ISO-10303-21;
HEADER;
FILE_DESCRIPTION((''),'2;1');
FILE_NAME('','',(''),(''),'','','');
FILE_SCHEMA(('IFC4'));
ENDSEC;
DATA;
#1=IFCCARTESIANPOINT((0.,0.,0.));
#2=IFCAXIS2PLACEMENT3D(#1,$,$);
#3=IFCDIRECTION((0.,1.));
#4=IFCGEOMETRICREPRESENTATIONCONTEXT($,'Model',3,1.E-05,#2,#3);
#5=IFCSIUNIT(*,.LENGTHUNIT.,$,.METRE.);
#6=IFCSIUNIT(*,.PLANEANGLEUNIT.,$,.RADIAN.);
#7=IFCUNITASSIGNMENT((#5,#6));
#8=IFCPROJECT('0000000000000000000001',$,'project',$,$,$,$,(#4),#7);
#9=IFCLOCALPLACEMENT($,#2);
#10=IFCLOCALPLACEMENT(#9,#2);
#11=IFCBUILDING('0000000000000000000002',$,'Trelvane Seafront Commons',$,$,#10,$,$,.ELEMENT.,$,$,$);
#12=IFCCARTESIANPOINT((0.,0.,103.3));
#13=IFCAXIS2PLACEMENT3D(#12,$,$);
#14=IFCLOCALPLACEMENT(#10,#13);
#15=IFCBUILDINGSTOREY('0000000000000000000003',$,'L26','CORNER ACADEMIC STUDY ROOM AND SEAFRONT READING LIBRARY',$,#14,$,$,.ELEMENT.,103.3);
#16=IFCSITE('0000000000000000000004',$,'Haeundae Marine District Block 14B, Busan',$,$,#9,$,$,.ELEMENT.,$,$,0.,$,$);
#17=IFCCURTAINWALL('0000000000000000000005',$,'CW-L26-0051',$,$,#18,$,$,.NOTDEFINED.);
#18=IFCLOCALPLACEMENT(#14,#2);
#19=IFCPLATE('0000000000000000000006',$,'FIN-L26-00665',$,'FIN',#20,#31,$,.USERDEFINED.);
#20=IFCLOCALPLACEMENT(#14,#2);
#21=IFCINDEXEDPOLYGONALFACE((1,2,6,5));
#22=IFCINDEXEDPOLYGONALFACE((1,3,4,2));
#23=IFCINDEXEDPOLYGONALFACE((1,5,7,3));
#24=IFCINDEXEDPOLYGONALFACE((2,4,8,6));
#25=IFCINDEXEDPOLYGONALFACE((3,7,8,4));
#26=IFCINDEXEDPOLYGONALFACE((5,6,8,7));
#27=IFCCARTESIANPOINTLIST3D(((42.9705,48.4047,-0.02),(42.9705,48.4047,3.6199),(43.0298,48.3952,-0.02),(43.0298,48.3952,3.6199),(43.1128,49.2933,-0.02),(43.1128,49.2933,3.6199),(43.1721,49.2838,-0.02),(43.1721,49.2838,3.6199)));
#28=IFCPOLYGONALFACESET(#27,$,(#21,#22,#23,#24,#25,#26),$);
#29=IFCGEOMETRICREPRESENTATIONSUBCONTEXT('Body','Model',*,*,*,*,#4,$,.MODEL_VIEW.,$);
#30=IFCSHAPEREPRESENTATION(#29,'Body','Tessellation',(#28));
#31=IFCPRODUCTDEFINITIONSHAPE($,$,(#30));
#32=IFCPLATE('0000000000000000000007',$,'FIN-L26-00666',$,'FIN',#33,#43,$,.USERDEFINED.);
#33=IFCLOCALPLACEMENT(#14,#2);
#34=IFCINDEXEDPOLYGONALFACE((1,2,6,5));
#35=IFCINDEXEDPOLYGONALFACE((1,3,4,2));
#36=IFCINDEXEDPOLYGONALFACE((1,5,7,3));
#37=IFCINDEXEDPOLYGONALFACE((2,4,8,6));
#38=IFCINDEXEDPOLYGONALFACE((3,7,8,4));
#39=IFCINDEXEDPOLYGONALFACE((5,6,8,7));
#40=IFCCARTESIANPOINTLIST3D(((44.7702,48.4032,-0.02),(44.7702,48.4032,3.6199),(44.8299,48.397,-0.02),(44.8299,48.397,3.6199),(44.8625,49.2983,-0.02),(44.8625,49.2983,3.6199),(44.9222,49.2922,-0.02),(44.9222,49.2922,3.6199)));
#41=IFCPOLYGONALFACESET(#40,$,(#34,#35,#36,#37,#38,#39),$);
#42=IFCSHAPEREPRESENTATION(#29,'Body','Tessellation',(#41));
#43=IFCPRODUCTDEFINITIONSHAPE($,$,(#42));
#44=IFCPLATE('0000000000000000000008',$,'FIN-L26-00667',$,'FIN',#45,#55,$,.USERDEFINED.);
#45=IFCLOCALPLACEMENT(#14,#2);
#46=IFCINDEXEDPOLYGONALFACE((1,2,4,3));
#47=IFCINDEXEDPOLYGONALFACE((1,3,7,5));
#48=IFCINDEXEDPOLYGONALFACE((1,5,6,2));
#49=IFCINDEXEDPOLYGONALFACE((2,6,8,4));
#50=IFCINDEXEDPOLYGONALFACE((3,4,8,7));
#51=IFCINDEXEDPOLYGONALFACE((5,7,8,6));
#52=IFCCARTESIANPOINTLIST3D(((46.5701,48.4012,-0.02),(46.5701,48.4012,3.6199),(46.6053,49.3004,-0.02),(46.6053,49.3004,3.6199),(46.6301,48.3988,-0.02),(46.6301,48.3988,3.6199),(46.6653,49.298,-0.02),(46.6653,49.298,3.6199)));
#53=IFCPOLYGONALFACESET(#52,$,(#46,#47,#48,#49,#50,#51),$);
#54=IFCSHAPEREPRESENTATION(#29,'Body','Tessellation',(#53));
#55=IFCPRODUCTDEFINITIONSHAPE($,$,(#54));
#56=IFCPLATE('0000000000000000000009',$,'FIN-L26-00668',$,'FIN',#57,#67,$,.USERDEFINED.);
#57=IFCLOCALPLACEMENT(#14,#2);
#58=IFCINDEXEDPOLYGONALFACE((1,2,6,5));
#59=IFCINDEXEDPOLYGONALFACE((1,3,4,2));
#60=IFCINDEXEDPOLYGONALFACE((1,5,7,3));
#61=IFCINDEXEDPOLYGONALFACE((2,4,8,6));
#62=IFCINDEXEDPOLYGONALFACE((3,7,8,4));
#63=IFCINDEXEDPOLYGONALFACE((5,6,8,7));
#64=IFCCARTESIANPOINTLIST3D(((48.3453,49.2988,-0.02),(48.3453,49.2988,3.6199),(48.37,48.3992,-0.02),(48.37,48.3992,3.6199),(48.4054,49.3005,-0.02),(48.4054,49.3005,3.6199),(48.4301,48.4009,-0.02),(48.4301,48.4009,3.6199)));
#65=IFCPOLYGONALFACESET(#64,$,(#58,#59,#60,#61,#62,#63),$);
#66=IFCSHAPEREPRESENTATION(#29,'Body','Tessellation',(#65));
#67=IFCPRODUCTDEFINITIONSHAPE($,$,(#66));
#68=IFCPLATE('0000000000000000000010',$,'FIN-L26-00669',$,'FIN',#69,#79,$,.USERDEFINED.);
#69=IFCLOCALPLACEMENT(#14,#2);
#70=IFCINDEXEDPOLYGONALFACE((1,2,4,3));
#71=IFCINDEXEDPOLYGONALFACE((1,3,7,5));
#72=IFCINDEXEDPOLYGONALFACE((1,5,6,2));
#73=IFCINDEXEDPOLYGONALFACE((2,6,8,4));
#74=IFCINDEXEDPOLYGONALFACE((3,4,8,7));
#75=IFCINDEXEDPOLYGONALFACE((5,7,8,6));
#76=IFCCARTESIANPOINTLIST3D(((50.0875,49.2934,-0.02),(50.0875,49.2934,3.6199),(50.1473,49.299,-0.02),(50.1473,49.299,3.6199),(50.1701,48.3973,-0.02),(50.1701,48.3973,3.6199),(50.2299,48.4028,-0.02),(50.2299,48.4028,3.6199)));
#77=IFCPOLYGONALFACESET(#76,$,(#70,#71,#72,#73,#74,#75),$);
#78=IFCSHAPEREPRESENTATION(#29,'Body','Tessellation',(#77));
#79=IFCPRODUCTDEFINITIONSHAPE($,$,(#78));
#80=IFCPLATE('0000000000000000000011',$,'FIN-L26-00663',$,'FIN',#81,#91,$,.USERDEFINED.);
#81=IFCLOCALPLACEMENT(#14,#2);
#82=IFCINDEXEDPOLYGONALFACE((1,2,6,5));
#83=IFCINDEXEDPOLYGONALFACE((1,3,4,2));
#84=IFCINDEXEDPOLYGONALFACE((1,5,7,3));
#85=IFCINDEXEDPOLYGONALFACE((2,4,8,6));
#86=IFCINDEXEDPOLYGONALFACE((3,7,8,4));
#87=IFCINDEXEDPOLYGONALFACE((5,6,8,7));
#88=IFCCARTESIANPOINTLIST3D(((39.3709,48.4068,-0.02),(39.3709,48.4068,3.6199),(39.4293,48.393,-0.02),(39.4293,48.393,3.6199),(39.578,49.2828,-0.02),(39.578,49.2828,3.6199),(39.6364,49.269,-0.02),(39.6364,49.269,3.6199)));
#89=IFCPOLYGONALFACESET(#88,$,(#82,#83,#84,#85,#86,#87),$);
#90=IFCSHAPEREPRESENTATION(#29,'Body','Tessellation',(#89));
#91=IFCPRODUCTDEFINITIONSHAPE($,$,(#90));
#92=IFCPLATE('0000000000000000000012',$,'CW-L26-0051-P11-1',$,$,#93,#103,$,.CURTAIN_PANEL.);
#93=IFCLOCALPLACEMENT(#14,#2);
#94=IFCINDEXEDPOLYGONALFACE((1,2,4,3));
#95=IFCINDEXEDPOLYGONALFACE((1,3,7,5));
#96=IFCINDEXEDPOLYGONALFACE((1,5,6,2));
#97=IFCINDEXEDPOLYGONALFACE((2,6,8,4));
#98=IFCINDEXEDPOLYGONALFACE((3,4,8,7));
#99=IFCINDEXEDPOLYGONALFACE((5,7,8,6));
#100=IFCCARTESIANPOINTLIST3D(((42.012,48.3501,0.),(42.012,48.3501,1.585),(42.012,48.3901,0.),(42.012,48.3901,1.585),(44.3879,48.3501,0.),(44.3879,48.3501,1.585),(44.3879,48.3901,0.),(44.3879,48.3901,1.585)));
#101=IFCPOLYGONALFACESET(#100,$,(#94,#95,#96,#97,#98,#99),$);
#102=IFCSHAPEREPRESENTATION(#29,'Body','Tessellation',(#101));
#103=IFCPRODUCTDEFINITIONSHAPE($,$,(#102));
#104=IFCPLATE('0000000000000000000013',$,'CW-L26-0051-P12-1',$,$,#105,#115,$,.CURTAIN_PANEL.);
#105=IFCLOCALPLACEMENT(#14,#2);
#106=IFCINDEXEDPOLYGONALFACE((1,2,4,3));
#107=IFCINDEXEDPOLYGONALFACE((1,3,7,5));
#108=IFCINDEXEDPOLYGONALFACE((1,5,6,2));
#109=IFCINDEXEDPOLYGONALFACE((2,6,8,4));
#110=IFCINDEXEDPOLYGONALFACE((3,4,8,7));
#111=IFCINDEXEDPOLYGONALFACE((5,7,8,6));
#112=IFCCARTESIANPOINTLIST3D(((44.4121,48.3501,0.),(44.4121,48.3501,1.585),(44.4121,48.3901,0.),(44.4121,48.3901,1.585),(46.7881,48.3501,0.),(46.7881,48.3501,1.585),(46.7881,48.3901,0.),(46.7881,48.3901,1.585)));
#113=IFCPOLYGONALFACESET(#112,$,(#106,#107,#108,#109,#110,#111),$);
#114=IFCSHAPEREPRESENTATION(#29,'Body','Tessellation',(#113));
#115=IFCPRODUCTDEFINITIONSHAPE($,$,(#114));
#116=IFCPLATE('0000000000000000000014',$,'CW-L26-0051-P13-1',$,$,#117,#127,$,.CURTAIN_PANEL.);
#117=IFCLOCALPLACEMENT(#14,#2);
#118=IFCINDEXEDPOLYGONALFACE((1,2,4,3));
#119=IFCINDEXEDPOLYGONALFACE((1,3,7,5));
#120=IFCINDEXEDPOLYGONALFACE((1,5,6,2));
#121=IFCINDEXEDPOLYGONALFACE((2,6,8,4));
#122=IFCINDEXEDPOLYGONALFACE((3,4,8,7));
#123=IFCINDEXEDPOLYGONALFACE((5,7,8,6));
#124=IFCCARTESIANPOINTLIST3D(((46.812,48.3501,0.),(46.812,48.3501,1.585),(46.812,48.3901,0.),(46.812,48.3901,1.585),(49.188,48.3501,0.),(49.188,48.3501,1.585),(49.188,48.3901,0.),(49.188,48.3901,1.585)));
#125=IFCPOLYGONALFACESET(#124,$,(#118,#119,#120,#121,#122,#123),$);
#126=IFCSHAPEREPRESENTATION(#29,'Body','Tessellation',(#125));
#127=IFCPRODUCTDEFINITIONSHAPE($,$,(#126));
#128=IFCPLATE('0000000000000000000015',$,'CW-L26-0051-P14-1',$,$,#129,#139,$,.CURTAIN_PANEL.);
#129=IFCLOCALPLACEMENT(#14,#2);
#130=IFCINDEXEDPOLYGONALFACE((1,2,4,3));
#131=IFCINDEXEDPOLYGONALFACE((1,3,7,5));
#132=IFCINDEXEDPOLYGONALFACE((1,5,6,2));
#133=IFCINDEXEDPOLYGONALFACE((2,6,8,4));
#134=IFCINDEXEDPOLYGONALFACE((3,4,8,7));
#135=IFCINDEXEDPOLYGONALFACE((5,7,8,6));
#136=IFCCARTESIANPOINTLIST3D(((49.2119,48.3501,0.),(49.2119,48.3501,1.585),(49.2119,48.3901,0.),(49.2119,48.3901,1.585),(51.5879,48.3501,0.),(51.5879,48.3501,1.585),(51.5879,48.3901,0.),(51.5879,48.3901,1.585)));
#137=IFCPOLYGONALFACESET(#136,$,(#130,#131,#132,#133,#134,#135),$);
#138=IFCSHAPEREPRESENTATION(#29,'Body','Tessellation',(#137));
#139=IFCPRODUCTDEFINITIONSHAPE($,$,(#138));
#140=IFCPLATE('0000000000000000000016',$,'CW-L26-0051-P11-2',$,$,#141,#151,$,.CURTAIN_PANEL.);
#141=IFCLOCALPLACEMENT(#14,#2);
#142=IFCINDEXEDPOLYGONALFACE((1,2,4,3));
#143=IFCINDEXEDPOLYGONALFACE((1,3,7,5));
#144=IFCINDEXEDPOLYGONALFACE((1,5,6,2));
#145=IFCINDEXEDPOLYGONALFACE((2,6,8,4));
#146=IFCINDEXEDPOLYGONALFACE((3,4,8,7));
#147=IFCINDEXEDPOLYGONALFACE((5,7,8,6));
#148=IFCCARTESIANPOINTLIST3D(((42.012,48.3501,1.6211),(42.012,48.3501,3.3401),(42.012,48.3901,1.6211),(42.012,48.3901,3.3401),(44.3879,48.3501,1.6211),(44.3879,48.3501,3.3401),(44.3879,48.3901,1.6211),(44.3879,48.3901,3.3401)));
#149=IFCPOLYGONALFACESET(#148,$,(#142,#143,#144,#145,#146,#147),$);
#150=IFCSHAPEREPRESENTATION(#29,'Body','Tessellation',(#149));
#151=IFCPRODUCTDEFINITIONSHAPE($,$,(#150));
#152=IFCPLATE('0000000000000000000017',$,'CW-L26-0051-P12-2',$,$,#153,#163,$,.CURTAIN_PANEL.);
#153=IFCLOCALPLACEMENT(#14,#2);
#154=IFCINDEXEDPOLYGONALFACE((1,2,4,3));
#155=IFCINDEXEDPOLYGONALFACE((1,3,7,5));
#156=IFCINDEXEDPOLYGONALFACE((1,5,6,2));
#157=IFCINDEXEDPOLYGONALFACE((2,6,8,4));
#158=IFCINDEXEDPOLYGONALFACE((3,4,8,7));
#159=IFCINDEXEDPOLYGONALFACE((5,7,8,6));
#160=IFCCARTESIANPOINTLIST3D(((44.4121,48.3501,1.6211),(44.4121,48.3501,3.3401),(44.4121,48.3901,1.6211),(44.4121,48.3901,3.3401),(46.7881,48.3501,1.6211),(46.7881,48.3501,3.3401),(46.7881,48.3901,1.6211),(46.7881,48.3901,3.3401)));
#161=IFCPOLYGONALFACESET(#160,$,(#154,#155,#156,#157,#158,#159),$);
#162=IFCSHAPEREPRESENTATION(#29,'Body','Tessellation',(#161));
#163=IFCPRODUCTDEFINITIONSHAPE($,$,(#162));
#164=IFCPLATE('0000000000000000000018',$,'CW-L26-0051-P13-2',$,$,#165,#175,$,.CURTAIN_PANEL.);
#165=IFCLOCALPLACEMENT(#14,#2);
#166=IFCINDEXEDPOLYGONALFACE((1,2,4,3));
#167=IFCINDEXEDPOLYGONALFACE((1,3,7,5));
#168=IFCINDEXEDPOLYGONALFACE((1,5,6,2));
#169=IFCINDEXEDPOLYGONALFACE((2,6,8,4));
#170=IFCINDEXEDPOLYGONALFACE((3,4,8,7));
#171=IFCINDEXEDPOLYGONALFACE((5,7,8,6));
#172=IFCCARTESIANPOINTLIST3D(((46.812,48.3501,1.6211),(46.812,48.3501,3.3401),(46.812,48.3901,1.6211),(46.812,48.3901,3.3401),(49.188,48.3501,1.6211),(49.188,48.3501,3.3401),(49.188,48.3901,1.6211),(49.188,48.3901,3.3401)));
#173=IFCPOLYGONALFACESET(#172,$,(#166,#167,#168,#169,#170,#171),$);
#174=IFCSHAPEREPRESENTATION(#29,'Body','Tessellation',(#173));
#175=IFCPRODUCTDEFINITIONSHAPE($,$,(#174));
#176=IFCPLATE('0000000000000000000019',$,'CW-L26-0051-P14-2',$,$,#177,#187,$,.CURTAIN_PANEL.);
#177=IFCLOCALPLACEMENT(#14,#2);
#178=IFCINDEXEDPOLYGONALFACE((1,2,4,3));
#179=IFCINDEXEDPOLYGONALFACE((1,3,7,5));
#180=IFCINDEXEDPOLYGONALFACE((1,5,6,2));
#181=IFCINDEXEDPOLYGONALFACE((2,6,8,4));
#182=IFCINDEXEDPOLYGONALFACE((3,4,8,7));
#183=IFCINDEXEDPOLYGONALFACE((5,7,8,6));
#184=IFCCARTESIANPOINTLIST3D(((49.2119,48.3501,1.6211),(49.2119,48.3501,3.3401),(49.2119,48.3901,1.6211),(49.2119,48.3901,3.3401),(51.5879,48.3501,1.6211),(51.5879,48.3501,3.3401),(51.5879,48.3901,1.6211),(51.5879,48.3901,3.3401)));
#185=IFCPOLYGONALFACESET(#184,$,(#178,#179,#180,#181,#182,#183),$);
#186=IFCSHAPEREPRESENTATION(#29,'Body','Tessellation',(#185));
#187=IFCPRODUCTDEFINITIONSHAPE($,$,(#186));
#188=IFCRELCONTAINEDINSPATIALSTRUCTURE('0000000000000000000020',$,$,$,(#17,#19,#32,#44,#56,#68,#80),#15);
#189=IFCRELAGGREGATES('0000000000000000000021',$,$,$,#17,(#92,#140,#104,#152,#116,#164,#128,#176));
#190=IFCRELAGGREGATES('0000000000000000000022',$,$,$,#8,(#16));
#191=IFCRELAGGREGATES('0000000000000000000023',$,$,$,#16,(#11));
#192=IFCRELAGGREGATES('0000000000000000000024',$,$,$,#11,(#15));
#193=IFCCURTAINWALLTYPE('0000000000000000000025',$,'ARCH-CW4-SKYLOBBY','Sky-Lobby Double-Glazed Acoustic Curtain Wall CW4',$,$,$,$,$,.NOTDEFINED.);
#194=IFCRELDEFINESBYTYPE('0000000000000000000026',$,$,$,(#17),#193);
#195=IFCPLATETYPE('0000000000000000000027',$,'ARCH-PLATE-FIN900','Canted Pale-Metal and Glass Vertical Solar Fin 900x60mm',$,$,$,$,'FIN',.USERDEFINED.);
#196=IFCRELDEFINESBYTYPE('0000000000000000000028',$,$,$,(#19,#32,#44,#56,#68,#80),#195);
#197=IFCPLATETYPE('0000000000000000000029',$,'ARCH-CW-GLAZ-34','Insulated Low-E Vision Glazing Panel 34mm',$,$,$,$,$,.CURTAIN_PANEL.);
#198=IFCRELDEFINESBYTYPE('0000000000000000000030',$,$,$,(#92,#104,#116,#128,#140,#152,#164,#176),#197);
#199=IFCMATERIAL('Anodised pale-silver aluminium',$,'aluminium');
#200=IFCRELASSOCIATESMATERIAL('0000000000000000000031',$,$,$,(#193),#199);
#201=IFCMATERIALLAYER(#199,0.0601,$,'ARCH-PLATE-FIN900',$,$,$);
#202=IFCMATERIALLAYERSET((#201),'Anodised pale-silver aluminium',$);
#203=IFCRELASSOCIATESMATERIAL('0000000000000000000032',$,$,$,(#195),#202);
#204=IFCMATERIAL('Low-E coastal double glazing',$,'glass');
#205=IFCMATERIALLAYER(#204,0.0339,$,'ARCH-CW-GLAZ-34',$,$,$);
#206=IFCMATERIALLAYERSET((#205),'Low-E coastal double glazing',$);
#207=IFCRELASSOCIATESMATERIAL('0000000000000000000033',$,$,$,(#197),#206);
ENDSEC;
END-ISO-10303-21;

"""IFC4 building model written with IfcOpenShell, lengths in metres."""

from ifc_helpers import new_model, si_unit, direction, frame, origin, origin_2d, place, context, subcontext, project, spatial, rectangle, extrude, source, transform, mapped, material, layer, layer_set, type_object, element, aggregate, save


model = new_model("IFC4")

# Units and contexts
model_context = context("Model", 3, precision=1e-05, world=origin(), true_north=direction((0.0, 1.0)))
body_context = subcontext(model_context, "Body", "Model", "MODEL_VIEW")
ifc_project = project(units=[si_unit("LENGTHUNIT", "METRE"), si_unit("PLANEANGLEUNIT", "RADIAN")], contexts=[model_context])

# Site, building, storey
site_placement = place(None, origin())
site = spatial("IfcSite", under=ifc_project, at=site_placement, Name="Haeundae Marine District Block 14B, Busan", CompositionType="ELEMENT", RefElevation=0.0)
building_placement = place(site_placement, origin())
building = spatial("IfcBuilding", under=site, at=building_placement, Name="Trelvane Seafront Commons", CompositionType="ELEMENT")
storey_placement = place(building_placement, frame((0.0, 0.0, 103.3)))
storey = spatial("IfcBuildingStorey", under=building, at=storey_placement, Name="L26", Description="CORNER ACADEMIC STUDY ROOM AND SEAFRONT READING LIBRARY", CompositionType="ELEMENT", Elevation=103.3)

# Curtain wall
ifc_material_1 = material(Name="Anodised pale-silver aluminium", Category="aluminium")
curtain_wall_type = type_object("IfcCurtainWallType", Name="ARCH-CW4-SKYLOBBY", Description="Sky-Lobby Double-Glazed Acoustic Curtain Wall CW4", PredefinedType="NOTDEFINED", material=ifc_material_1)
curtain_wall_placement = place(storey_placement, origin())
curtain_wall = element("IfcCurtainWall", 1, at=curtain_wall_placement, inside=storey, type_object=curtain_wall_type, Name="CW-L26-0051", PredefinedType="NOTDEFINED")

# Plates
ifc_layer_1 = layer(ifc_material_1, 0.0601, Name="ARCH-PLATE-FIN900")
ifc_layer_set_1 = layer_set([ifc_layer_1], Name="Anodised pale-silver aluminium")
plate_type_1 = type_object("IfcPlateType", Name="ARCH-PLATE-FIN900", Description="Canted Pale-Metal and Glass Vertical Solar Fin 900x60mm", ElementType="FIN", PredefinedType="USERDEFINED", material=ifc_layer_set_1)
shared_shape_1 = source(origin(), body_context, "Body", "SweptSolid", [
    extrude(rectangle(XDim=0.8999, YDim=0.0601, at=origin_2d()), origin(), (0.0, 0.0, 1.0), 3.6399),
])
for number, where, z_axis, x_axis, name in (
    (2, (43.0713, 48.8442, -0.02), (0.0, 0.0, 1.0), (0.158108, 0.987422, 0.0), "FIN-L26-00665"),
    (3, (44.8462, 48.8477, -0.02), (0.0, 0.0, 1.0), (0.102551, 0.994728, 0.0), "FIN-L26-00666"),
    (4, (46.6177, 48.8496, -0.02), (0.0, 0.0, 1.0), (0.039112, 0.999235, 0.0), "FIN-L26-00667"),
    (5, (48.3877, 48.8499, -0.02), (0.0, 0.0, 1.0), (-0.027444, 0.999623, 0.0), "FIN-L26-00668"),
    (6, (50.1587, 48.8481, -0.02), (0.0, 0.0, 1.0), (-0.091778, 0.995779, 0.0), "FIN-L26-00669"),
):
    element("IfcPlate", number, at=place(storey_placement, frame(where, z_axis=z_axis, x_axis=x_axis)), inside=storey, type_object=plate_type_1, Name=name, ObjectType="FIN", PredefinedType="USERDEFINED", context=body_context, shape_type="MappedRepresentation", body=[
        mapped(shared_shape_1, transform((0.0, 0.0, 0.0), x_axis=(1.0, 0.0, 0.0), y_axis=(0.0, 1.0, 0.0), z_axis=(0.0, 0.0, 1.0), scale=1.0)),
    ])
shared_shape_2 = source(origin(), body_context, "Body", "SweptSolid", [
    extrude(rectangle(XDim=0.9001, YDim=0.0601, at=origin_2d()), origin(), (0.0, 0.0, 1.0), 3.6399),
])
plate_1_placement = place(storey_placement, frame((39.5037, 48.8379, -0.02), z_axis=(0.0, 0.0, 1.0), x_axis=(0.230099, 0.973167, 0.0)))
element("IfcPlate", 7, at=plate_1_placement, inside=storey, type_object=plate_type_1, Name="FIN-L26-00663", ObjectType="FIN", PredefinedType="USERDEFINED", context=body_context, shape_type="MappedRepresentation", body=[
    mapped(shared_shape_2, transform((0.0, 0.0, 0.0), x_axis=(1.0, 0.0, 0.0), y_axis=(0.0, 1.0, 0.0), z_axis=(0.0, 0.0, 1.0), scale=1.0)),
])

# Plates
ifc_material_2 = material(Name="Low-E coastal double glazing", Category="glass")
ifc_layer_2 = layer(ifc_material_2, 0.0339, Name="ARCH-CW-GLAZ-34")
ifc_layer_set_2 = layer_set([ifc_layer_2], Name="Low-E coastal double glazing")
plate_type_2 = type_object("IfcPlateType", Name="ARCH-CW-GLAZ-34", Description="Insulated Low-E Vision Glazing Panel 34mm", PredefinedType="CURTAIN_PANEL", material=ifc_layer_set_2)
shared_shape_3 = source(origin(), body_context, "Body", "SweptSolid", [
    extrude(rectangle(XDim=2.376, YDim=0.04, at=origin_2d()), origin(), (0.0, 0.0, 1.0), 1.585),
])
plate_2_placement = place(storey_placement, frame((43.2, 48.3701, 0.0), z_axis=(0.0, 0.0, 1.0), x_axis=(1.0, 0.0, 0.0)))
plate_2 = element("IfcPlate", 8, at=plate_2_placement, type_object=plate_type_2, Name="CW-L26-0051-P11-1", PredefinedType="CURTAIN_PANEL", context=body_context, shape_type="MappedRepresentation", body=[
    mapped(shared_shape_3, transform((0.0, 0.0, 0.0), x_axis=(1.0, 0.0, 0.0), y_axis=(0.0, 1.0, 0.0), z_axis=(0.0, 0.0, 1.0), scale=1.0)),
])
plate_3_placement = place(storey_placement, frame((45.6001, 48.3701, 0.0), z_axis=(0.0, 0.0, 1.0), x_axis=(1.0, 0.0, 0.0)))
plate_3 = element("IfcPlate", 9, at=plate_3_placement, type_object=plate_type_2, Name="CW-L26-0051-P12-1", PredefinedType="CURTAIN_PANEL", context=body_context, shape_type="MappedRepresentation", body=[
    mapped(shared_shape_3, transform((0.0, 0.0, 0.0), x_axis=(1.0, 0.0, 0.0), y_axis=(0.0, 1.0, 0.0), z_axis=(0.0, 0.0, 1.0), scale=1.0)),
])
plate_4_placement = place(storey_placement, frame((48.0, 48.3701, 0.0), z_axis=(0.0, 0.0, 1.0), x_axis=(1.0, 0.0, 0.0)))
plate_4 = element("IfcPlate", 10, at=plate_4_placement, type_object=plate_type_2, Name="CW-L26-0051-P13-1", PredefinedType="CURTAIN_PANEL", context=body_context, shape_type="MappedRepresentation", body=[
    mapped(shared_shape_3, transform((0.0, 0.0, 0.0), x_axis=(1.0, 0.0, 0.0), y_axis=(0.0, 1.0, 0.0), z_axis=(0.0, 0.0, 1.0), scale=1.0)),
])
plate_5_placement = place(storey_placement, frame((50.3999, 48.3701, 0.0), z_axis=(0.0, 0.0, 1.0), x_axis=(1.0, 0.0, 0.0)))
plate_5 = element("IfcPlate", 11, at=plate_5_placement, type_object=plate_type_2, Name="CW-L26-0051-P14-1", PredefinedType="CURTAIN_PANEL", context=body_context, shape_type="MappedRepresentation", body=[
    mapped(shared_shape_3, transform((0.0, 0.0, 0.0), x_axis=(1.0, 0.0, 0.0), y_axis=(0.0, 1.0, 0.0), z_axis=(0.0, 0.0, 1.0), scale=1.0)),
])
shared_shape_4 = source(origin(), body_context, "Body", "SweptSolid", [
    extrude(rectangle(XDim=2.376, YDim=0.04, at=origin_2d()), origin(), (0.0, 0.0, 1.0), 1.719),
])
plate_6_placement = place(storey_placement, frame((43.2, 48.3701, 1.6211), z_axis=(0.0, 0.0, 1.0), x_axis=(1.0, 0.0, 0.0)))
plate_6 = element("IfcPlate", 12, at=plate_6_placement, type_object=plate_type_2, Name="CW-L26-0051-P11-2", PredefinedType="CURTAIN_PANEL", context=body_context, shape_type="MappedRepresentation", body=[
    mapped(shared_shape_4, transform((0.0, 0.0, 0.0), x_axis=(1.0, 0.0, 0.0), y_axis=(0.0, 1.0, 0.0), z_axis=(0.0, 0.0, 1.0), scale=1.0)),
])
plate_7_placement = place(storey_placement, frame((45.6001, 48.3701, 1.6211), z_axis=(0.0, 0.0, 1.0), x_axis=(1.0, 0.0, 0.0)))
plate_7 = element("IfcPlate", 13, at=plate_7_placement, type_object=plate_type_2, Name="CW-L26-0051-P12-2", PredefinedType="CURTAIN_PANEL", context=body_context, shape_type="MappedRepresentation", body=[
    mapped(shared_shape_4, transform((0.0, 0.0, 0.0), x_axis=(1.0, 0.0, 0.0), y_axis=(0.0, 1.0, 0.0), z_axis=(0.0, 0.0, 1.0), scale=1.0)),
])
plate_8_placement = place(storey_placement, frame((48.0, 48.3701, 1.6211), z_axis=(0.0, 0.0, 1.0), x_axis=(1.0, 0.0, 0.0)))
plate_8 = element("IfcPlate", 14, at=plate_8_placement, type_object=plate_type_2, Name="CW-L26-0051-P13-2", PredefinedType="CURTAIN_PANEL", context=body_context, shape_type="MappedRepresentation", body=[
    mapped(shared_shape_4, transform((0.0, 0.0, 0.0), x_axis=(1.0, 0.0, 0.0), y_axis=(0.0, 1.0, 0.0), z_axis=(0.0, 0.0, 1.0), scale=1.0)),
])
plate_9_placement = place(storey_placement, frame((50.3999, 48.3701, 1.6211), z_axis=(0.0, 0.0, 1.0), x_axis=(1.0, 0.0, 0.0)))
plate_9 = element("IfcPlate", 15, at=plate_9_placement, type_object=plate_type_2, Name="CW-L26-0051-P14-2", PredefinedType="CURTAIN_PANEL", context=body_context, shape_type="MappedRepresentation", body=[
    mapped(shared_shape_4, transform((0.0, 0.0, 0.0), x_axis=(1.0, 0.0, 0.0), y_axis=(0.0, 1.0, 0.0), z_axis=(0.0, 0.0, 1.0), scale=1.0)),
])
aggregate(curtain_wall, [plate_2, plate_6, plate_3, plate_7, plate_4, plate_8, plate_5, plate_9])

save(model, "model.ifc")
